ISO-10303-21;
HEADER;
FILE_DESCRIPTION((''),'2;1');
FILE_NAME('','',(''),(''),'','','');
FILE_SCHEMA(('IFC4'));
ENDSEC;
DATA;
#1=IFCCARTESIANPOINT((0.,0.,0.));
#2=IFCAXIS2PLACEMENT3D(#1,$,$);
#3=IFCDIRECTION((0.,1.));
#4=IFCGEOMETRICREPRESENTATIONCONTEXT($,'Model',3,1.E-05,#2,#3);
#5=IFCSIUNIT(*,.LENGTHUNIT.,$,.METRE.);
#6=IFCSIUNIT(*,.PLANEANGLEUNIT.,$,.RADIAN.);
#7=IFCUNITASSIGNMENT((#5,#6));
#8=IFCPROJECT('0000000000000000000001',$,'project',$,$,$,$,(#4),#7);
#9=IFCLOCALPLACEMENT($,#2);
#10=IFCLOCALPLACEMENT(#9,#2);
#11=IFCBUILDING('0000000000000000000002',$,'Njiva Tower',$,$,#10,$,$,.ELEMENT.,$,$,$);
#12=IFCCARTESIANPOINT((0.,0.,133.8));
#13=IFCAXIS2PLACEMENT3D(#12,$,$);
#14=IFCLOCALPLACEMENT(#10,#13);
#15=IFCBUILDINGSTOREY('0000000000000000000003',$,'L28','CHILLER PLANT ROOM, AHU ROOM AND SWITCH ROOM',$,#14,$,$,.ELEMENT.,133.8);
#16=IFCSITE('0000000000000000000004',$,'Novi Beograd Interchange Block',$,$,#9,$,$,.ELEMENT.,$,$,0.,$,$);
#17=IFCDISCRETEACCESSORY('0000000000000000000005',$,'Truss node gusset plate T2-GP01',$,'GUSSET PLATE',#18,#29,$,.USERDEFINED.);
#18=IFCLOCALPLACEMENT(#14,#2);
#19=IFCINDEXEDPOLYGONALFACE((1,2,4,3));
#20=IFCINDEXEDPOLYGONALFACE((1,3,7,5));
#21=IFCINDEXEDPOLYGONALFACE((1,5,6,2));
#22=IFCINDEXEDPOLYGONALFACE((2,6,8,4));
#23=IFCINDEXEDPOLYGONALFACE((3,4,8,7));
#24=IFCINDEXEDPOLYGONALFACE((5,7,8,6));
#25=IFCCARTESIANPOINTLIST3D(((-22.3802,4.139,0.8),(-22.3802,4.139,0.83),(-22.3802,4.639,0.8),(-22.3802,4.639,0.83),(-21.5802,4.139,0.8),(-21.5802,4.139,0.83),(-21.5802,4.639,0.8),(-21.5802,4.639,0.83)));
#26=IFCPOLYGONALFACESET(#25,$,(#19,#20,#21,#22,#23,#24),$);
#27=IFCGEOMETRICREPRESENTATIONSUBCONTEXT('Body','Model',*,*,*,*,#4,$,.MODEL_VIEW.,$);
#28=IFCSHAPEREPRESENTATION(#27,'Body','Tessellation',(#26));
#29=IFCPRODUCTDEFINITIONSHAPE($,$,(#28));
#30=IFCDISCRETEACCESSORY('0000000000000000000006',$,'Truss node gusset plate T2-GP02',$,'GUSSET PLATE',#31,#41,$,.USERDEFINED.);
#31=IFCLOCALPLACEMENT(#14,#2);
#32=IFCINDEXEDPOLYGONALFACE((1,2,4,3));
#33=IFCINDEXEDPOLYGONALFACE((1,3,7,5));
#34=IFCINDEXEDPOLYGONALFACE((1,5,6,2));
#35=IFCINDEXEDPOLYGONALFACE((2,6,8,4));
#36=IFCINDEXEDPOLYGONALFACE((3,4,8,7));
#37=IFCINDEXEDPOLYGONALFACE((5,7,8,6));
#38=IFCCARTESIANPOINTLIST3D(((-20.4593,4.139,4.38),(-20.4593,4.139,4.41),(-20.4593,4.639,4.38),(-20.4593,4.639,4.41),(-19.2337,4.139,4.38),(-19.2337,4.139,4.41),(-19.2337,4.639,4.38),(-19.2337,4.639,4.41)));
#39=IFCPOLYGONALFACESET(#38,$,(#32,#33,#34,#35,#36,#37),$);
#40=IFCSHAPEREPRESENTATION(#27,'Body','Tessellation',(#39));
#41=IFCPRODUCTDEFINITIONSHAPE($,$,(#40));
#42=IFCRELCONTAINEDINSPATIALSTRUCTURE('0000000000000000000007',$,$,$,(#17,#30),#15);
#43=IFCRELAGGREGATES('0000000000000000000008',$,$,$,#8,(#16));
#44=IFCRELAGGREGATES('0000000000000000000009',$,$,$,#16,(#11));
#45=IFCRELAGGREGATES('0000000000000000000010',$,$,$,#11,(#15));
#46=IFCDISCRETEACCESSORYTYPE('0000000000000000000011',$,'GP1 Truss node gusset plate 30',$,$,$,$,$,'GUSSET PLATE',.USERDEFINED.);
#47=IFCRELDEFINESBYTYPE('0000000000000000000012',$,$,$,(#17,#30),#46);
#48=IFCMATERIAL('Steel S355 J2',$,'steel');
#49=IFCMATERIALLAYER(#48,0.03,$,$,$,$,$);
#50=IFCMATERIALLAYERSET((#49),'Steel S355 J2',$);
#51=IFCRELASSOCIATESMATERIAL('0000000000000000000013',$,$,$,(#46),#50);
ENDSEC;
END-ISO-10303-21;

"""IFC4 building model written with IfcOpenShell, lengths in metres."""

from ifc_helpers import new_model, si_unit, direction, frame, origin, place, context, subcontext, project, spatial, polyline, outline, extrude, material, layer, layer_set, type_object, element, save


model = new_model("IFC4")

# Units and contexts
model_context = context("Model", 3, precision=1e-05, world=origin(), true_north=direction((0.0, 1.0)))
body_context = subcontext(model_context, "Body", "Model", "MODEL_VIEW")
ifc_project = project(units=[si_unit("LENGTHUNIT", "METRE"), si_unit("PLANEANGLEUNIT", "RADIAN")], contexts=[model_context])

# Site, building, storey
site_placement = place(None, origin())
site = spatial("IfcSite", under=ifc_project, at=site_placement, Name="Novi Beograd Interchange Block", CompositionType="ELEMENT", RefElevation=0.0)
building_placement = place(site_placement, origin())
building = spatial("IfcBuilding", under=site, at=building_placement, Name="Njiva Tower", CompositionType="ELEMENT")
storey_placement = place(building_placement, frame((0.0, 0.0, 133.8)))
storey = spatial("IfcBuildingStorey", under=building, at=storey_placement, Name="L28", Description="CHILLER PLANT ROOM, AHU ROOM AND SWITCH ROOM", CompositionType="ELEMENT", Elevation=133.8)

# Shared definitions
ifc_material_1 = material(Name="Steel S355 J2", Category="steel")

# Discrete accessories
ifc_layer_1 = layer(ifc_material_1, 0.03)
ifc_layer_set_1 = layer_set([ifc_layer_1], Name="Steel S355 J2")
discrete_accessory_type = type_object("IfcDiscreteAccessoryType", Name="GP1 Truss node gusset plate 30", ElementType="GUSSET PLATE", PredefinedType="USERDEFINED", material=ifc_layer_set_1)
discrete_accessory_1_placement = place(storey_placement, frame((-21.9802, 4.389, 0.8)))
element("IfcDiscreteAccessory", 1, at=discrete_accessory_1_placement, inside=storey, type_object=discrete_accessory_type, Name="Truss node gusset plate T2-GP01", ObjectType="GUSSET PLATE", PredefinedType="USERDEFINED", context=body_context, shape_type="SweptSolid", body=[
    extrude(outline(polyline([(-0.4, -0.25), (0.4, -0.25), (0.4, 0.25), (-0.4, 0.25), (-0.4, -0.25)])), origin(), (0.0, 0.0, 1.0), 0.03),
])
discrete_accessory_2_placement = place(storey_placement, frame((-19.8465, 4.389, 4.38)))
element("IfcDiscreteAccessory", 2, at=discrete_accessory_2_placement, inside=storey, type_object=discrete_accessory_type, Name="Truss node gusset plate T2-GP02", ObjectType="GUSSET PLATE", PredefinedType="USERDEFINED", context=body_context, shape_type="SweptSolid", body=[
    extrude(outline(polyline([(-0.6128, -0.25), (0.6128, -0.25), (0.6128, 0.25), (-0.6128, 0.25), (-0.6128, -0.25)])), origin(), (0.0, 0.0, 1.0), 0.03),
])

save(model, "model.ifc")
